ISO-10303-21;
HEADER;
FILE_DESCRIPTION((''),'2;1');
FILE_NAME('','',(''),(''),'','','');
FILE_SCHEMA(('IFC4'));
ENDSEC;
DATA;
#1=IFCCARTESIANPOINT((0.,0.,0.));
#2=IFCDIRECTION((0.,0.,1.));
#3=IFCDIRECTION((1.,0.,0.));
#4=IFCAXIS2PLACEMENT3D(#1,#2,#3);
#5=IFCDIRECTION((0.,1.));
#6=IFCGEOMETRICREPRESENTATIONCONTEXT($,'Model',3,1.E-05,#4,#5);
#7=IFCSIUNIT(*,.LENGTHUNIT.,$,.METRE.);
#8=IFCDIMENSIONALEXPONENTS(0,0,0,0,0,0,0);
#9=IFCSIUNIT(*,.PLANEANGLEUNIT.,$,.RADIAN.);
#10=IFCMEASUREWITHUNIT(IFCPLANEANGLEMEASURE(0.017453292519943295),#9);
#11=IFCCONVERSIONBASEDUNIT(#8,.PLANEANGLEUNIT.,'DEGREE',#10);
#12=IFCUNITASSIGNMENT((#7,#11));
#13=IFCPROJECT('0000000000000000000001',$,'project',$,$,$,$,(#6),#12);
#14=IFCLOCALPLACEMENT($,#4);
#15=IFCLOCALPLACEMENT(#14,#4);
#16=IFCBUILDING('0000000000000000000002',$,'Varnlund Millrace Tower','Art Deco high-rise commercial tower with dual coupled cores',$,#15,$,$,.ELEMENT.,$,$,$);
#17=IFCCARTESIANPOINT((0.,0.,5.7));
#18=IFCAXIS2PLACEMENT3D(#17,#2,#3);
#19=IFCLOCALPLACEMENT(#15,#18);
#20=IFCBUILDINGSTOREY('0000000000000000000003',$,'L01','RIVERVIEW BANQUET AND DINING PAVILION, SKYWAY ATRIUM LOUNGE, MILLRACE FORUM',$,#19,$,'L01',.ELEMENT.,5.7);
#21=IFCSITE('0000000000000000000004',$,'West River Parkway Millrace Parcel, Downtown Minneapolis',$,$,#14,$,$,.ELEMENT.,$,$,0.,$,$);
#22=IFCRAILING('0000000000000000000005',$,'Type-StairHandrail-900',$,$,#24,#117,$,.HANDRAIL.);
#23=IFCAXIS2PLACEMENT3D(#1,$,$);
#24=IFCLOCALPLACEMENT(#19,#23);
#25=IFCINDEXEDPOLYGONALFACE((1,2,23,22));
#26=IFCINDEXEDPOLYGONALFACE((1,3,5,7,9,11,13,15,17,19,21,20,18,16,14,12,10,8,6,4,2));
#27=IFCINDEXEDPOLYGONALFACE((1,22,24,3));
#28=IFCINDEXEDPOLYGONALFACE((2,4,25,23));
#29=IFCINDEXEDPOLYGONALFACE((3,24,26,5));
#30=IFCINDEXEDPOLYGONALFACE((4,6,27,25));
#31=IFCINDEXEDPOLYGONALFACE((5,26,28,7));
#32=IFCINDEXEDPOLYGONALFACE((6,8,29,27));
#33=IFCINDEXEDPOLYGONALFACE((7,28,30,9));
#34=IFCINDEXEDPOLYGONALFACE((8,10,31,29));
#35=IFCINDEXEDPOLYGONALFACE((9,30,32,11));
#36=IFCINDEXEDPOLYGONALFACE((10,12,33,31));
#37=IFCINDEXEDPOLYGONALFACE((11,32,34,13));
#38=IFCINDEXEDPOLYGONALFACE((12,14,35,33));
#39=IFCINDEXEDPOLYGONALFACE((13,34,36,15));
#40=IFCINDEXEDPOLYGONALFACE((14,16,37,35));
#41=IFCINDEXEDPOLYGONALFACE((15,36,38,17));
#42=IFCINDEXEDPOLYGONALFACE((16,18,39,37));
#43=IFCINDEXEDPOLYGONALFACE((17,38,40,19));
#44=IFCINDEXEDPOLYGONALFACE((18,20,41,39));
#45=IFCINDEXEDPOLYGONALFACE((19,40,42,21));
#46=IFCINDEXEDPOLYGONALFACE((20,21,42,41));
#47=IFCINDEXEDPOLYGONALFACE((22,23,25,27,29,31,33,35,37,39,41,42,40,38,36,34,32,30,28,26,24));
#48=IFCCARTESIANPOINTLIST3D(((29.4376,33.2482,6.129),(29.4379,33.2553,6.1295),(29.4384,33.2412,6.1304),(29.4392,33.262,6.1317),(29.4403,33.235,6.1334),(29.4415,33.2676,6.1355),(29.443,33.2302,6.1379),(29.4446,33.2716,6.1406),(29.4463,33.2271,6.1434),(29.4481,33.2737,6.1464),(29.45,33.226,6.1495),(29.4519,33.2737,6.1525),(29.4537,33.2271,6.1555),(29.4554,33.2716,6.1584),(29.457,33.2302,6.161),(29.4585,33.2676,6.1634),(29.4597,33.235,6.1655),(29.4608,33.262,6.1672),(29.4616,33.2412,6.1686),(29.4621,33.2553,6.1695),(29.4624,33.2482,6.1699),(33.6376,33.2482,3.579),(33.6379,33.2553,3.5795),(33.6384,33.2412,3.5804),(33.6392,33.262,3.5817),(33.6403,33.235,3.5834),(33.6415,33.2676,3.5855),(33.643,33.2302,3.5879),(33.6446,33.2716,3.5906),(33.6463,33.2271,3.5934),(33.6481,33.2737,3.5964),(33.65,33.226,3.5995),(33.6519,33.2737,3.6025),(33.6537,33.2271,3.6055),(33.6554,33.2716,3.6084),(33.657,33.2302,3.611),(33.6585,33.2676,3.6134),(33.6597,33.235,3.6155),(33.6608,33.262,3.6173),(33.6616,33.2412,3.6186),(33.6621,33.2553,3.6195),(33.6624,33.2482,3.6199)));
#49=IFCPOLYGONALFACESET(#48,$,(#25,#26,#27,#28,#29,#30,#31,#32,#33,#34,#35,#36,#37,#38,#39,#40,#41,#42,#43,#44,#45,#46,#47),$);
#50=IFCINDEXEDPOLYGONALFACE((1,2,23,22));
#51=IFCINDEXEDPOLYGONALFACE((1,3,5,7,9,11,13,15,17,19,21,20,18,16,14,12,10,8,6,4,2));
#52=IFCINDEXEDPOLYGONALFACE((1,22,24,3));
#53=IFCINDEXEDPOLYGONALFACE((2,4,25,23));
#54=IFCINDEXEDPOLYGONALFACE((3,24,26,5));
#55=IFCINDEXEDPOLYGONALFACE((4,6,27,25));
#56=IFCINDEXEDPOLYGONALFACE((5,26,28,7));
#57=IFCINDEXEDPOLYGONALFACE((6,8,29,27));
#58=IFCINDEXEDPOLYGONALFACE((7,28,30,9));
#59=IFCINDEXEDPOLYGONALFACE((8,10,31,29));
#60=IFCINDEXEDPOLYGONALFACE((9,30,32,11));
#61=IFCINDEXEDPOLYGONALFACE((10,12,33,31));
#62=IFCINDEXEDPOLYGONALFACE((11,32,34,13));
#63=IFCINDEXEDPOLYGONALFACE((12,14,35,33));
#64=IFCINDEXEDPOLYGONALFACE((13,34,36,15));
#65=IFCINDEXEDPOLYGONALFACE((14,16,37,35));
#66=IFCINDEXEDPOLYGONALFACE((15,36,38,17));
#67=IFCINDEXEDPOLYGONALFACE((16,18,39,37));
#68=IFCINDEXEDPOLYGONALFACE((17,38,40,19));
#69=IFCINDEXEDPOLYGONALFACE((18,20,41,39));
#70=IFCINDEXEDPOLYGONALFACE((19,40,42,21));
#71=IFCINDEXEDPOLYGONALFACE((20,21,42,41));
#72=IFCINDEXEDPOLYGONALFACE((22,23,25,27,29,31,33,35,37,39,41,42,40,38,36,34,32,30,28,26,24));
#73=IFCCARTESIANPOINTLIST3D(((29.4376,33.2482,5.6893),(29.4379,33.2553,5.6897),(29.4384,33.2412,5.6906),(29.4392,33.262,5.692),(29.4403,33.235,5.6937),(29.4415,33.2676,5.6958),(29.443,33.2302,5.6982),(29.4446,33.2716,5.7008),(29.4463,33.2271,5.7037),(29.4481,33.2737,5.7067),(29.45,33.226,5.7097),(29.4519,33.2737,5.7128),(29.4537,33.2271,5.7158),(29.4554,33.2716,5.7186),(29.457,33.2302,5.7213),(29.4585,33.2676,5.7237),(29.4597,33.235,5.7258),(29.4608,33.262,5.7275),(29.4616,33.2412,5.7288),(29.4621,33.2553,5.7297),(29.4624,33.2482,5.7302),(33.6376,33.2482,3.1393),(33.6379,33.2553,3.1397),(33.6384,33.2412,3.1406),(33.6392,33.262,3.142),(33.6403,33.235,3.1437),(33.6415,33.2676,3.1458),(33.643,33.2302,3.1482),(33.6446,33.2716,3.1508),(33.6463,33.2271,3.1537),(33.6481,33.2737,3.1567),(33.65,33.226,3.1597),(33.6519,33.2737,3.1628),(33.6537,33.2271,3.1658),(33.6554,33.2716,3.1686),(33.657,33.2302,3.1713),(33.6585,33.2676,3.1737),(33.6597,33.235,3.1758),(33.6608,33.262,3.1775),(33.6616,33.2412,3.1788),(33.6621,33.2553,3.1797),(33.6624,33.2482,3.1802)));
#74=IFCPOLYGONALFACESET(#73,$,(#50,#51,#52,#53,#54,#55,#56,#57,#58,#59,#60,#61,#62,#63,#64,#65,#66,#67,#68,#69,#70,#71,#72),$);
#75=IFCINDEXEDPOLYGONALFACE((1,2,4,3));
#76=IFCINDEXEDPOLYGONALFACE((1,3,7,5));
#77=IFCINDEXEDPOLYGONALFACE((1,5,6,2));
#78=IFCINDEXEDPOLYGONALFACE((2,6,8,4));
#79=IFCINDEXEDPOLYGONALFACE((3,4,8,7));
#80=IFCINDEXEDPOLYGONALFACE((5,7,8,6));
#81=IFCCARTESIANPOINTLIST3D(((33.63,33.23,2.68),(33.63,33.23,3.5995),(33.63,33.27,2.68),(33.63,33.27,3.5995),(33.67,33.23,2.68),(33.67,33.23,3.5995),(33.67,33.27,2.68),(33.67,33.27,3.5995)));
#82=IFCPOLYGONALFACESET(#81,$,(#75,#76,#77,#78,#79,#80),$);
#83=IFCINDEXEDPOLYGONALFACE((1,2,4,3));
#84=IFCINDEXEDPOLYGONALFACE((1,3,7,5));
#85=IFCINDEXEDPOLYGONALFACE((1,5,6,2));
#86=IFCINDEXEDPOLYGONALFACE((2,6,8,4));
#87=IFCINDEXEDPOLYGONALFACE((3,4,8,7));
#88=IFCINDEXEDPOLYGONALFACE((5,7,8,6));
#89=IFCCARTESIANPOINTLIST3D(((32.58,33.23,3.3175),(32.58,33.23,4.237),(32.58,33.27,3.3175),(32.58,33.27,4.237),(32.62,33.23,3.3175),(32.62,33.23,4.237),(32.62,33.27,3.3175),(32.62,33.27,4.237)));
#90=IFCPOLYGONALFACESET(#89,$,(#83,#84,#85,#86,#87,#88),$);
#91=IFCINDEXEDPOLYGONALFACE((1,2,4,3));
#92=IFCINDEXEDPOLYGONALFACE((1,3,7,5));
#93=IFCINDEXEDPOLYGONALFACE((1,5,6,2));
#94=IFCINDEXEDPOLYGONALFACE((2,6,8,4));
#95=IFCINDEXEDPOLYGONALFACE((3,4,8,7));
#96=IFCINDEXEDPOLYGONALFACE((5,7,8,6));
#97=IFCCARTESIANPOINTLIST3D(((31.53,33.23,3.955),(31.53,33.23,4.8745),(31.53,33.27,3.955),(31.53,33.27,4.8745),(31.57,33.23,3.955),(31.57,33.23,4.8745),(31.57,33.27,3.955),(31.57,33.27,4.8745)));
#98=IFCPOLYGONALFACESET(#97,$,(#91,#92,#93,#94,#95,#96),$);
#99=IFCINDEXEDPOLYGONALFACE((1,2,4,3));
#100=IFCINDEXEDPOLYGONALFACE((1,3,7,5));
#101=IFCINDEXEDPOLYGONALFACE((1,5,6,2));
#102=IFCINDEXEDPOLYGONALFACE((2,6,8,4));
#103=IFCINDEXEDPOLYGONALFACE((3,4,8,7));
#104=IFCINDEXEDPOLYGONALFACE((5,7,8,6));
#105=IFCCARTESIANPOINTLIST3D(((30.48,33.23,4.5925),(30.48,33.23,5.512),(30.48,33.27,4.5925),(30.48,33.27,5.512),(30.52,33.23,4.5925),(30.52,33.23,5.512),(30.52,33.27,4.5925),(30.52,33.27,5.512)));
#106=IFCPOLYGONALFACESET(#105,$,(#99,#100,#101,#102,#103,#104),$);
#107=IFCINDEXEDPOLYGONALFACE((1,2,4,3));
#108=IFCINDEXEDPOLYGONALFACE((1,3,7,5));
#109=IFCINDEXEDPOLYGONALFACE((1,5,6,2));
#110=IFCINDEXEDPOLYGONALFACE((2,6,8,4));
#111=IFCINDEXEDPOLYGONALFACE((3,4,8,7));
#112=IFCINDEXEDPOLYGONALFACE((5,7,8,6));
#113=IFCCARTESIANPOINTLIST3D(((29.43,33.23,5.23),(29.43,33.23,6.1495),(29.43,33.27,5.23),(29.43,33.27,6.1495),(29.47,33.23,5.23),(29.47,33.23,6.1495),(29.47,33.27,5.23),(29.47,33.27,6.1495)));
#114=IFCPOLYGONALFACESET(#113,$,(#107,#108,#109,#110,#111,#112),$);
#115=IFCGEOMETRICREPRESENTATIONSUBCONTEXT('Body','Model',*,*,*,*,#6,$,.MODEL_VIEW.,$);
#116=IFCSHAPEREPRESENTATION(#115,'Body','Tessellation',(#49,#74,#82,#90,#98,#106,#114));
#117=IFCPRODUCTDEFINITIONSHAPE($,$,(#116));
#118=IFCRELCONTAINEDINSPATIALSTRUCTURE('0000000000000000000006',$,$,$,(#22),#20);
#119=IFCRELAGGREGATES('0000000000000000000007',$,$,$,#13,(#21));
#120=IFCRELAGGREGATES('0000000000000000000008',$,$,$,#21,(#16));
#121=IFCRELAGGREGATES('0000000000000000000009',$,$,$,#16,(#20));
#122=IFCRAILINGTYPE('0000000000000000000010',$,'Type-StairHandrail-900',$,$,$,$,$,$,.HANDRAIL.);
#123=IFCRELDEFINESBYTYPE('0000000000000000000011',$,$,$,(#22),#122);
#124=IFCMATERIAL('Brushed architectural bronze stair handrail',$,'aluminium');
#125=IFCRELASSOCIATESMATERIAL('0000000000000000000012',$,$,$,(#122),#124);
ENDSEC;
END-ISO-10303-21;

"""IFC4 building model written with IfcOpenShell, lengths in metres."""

from ifc_helpers import new_model, entity, si_unit, converted_unit, direction, frame, origin_with_axes, origin_2d_with_axis, place, context, subcontext, project, spatial, rectangle, circle, extrude, material, type_object, element, save


model = new_model("IFC4")

# Units and contexts
model_context = context("Model", 3, precision=1e-05, world=origin_with_axes(), true_north=direction((0.0, 1.0)))
body_context = subcontext(model_context, "Body", "Model", "MODEL_VIEW")
ifc_project = project(units=[si_unit("LENGTHUNIT", "METRE"), converted_unit("PLANEANGLEUNIT", "DEGREE", entity("IfcPlaneAngleMeasure", 0.017453292519943295), si_unit("PLANEANGLEUNIT", "RADIAN"), dimensions=[0, 0, 0, 0, 0, 0, 0])], contexts=[model_context])

# Site, building, storey
site_placement = place(None, origin_with_axes())
site = spatial("IfcSite", under=ifc_project, at=site_placement, Name="West River Parkway Millrace Parcel, Downtown Minneapolis", CompositionType="ELEMENT", RefElevation=0.0)
building_placement = place(site_placement, origin_with_axes())
building = spatial("IfcBuilding", under=site, at=building_placement, Name="Varnlund Millrace Tower", Description="Art Deco high-rise commercial tower with dual coupled cores", CompositionType="ELEMENT")
storey_placement = place(building_placement, frame((0.0, 0.0, 5.7), z_axis=(0.0, 0.0, 1.0), x_axis=(1.0, 0.0, 0.0)))
storey = spatial("IfcBuildingStorey", under=building, at=storey_placement, Name="L01", Description="RIVERVIEW BANQUET AND DINING PAVILION, SKYWAY ATRIUM LOUNGE, MILLRACE FORUM", LongName="L01", CompositionType="ELEMENT", Elevation=5.7)

# Railing
ifc_material_1 = material(Name="Brushed architectural bronze stair handrail", Category="aluminium")
railing_type_1 = type_object("IfcRailingType", Name="Type-StairHandrail-900", PredefinedType="HANDRAIL", material=ifc_material_1)
railing_1_placement = place(storey_placement, frame((0.0, 0.0, -5.7), z_axis=(0.0, 0.0, 1.0), x_axis=(1.0, 0.0, 0.0)))
element("IfcRailing", 1, at=railing_1_placement, inside=storey, type_object=railing_type_1, Name="Type-StairHandrail-900", PredefinedType="HANDRAIL", context=body_context, shape_type="SweptSolid", body=[
    extrude(circle(Radius=0.024, at=origin_2d_with_axis()), frame((33.65, 33.25, 9.2995), z_axis=(-0.854788, 0.0, 0.518978), x_axis=(0.0, -1.0, 0.0)), (0.0, 0.0, 1.0), 4.9135),
    extrude(circle(Radius=0.024, at=origin_2d_with_axis()), frame((33.65, 33.25, 8.8597), z_axis=(-0.854788, 0.0, 0.518978), x_axis=(0.0, -1.0, 0.0)), (0.0, 0.0, 1.0), 4.9135),
    extrude(rectangle(XDim=0.04, YDim=0.04, at=origin_2d_with_axis()), frame((33.65, 33.25, 8.38), z_axis=(0.0, 0.0, 1.0), x_axis=(1.0, 0.0, 0.0)), (0.0, 0.0, 1.0), 0.9195),
    extrude(rectangle(XDim=0.04, YDim=0.04, at=origin_2d_with_axis()), frame((32.6, 33.25, 9.0175), z_axis=(0.0, 0.0, 1.0), x_axis=(1.0, 0.0, 0.0)), (0.0, 0.0, 1.0), 0.9195),
    extrude(rectangle(XDim=0.04, YDim=0.04, at=origin_2d_with_axis()), frame((31.55, 33.25, 9.655), z_axis=(0.0, 0.0, 1.0), x_axis=(1.0, 0.0, 0.0)), (0.0, 0.0, 1.0), 0.9195),
    extrude(rectangle(XDim=0.04, YDim=0.04, at=origin_2d_with_axis()), frame((30.5, 33.25, 10.2925), z_axis=(0.0, 0.0, 1.0), x_axis=(1.0, 0.0, 0.0)), (0.0, 0.0, 1.0), 0.9195),
    extrude(rectangle(XDim=0.04, YDim=0.04, at=origin_2d_with_axis()), frame((29.45, 33.25, 10.93), z_axis=(0.0, 0.0, 1.0), x_axis=(1.0, 0.0, 0.0)), (0.0, 0.0, 1.0), 0.9195),
])

save(model, "model.ifc")
